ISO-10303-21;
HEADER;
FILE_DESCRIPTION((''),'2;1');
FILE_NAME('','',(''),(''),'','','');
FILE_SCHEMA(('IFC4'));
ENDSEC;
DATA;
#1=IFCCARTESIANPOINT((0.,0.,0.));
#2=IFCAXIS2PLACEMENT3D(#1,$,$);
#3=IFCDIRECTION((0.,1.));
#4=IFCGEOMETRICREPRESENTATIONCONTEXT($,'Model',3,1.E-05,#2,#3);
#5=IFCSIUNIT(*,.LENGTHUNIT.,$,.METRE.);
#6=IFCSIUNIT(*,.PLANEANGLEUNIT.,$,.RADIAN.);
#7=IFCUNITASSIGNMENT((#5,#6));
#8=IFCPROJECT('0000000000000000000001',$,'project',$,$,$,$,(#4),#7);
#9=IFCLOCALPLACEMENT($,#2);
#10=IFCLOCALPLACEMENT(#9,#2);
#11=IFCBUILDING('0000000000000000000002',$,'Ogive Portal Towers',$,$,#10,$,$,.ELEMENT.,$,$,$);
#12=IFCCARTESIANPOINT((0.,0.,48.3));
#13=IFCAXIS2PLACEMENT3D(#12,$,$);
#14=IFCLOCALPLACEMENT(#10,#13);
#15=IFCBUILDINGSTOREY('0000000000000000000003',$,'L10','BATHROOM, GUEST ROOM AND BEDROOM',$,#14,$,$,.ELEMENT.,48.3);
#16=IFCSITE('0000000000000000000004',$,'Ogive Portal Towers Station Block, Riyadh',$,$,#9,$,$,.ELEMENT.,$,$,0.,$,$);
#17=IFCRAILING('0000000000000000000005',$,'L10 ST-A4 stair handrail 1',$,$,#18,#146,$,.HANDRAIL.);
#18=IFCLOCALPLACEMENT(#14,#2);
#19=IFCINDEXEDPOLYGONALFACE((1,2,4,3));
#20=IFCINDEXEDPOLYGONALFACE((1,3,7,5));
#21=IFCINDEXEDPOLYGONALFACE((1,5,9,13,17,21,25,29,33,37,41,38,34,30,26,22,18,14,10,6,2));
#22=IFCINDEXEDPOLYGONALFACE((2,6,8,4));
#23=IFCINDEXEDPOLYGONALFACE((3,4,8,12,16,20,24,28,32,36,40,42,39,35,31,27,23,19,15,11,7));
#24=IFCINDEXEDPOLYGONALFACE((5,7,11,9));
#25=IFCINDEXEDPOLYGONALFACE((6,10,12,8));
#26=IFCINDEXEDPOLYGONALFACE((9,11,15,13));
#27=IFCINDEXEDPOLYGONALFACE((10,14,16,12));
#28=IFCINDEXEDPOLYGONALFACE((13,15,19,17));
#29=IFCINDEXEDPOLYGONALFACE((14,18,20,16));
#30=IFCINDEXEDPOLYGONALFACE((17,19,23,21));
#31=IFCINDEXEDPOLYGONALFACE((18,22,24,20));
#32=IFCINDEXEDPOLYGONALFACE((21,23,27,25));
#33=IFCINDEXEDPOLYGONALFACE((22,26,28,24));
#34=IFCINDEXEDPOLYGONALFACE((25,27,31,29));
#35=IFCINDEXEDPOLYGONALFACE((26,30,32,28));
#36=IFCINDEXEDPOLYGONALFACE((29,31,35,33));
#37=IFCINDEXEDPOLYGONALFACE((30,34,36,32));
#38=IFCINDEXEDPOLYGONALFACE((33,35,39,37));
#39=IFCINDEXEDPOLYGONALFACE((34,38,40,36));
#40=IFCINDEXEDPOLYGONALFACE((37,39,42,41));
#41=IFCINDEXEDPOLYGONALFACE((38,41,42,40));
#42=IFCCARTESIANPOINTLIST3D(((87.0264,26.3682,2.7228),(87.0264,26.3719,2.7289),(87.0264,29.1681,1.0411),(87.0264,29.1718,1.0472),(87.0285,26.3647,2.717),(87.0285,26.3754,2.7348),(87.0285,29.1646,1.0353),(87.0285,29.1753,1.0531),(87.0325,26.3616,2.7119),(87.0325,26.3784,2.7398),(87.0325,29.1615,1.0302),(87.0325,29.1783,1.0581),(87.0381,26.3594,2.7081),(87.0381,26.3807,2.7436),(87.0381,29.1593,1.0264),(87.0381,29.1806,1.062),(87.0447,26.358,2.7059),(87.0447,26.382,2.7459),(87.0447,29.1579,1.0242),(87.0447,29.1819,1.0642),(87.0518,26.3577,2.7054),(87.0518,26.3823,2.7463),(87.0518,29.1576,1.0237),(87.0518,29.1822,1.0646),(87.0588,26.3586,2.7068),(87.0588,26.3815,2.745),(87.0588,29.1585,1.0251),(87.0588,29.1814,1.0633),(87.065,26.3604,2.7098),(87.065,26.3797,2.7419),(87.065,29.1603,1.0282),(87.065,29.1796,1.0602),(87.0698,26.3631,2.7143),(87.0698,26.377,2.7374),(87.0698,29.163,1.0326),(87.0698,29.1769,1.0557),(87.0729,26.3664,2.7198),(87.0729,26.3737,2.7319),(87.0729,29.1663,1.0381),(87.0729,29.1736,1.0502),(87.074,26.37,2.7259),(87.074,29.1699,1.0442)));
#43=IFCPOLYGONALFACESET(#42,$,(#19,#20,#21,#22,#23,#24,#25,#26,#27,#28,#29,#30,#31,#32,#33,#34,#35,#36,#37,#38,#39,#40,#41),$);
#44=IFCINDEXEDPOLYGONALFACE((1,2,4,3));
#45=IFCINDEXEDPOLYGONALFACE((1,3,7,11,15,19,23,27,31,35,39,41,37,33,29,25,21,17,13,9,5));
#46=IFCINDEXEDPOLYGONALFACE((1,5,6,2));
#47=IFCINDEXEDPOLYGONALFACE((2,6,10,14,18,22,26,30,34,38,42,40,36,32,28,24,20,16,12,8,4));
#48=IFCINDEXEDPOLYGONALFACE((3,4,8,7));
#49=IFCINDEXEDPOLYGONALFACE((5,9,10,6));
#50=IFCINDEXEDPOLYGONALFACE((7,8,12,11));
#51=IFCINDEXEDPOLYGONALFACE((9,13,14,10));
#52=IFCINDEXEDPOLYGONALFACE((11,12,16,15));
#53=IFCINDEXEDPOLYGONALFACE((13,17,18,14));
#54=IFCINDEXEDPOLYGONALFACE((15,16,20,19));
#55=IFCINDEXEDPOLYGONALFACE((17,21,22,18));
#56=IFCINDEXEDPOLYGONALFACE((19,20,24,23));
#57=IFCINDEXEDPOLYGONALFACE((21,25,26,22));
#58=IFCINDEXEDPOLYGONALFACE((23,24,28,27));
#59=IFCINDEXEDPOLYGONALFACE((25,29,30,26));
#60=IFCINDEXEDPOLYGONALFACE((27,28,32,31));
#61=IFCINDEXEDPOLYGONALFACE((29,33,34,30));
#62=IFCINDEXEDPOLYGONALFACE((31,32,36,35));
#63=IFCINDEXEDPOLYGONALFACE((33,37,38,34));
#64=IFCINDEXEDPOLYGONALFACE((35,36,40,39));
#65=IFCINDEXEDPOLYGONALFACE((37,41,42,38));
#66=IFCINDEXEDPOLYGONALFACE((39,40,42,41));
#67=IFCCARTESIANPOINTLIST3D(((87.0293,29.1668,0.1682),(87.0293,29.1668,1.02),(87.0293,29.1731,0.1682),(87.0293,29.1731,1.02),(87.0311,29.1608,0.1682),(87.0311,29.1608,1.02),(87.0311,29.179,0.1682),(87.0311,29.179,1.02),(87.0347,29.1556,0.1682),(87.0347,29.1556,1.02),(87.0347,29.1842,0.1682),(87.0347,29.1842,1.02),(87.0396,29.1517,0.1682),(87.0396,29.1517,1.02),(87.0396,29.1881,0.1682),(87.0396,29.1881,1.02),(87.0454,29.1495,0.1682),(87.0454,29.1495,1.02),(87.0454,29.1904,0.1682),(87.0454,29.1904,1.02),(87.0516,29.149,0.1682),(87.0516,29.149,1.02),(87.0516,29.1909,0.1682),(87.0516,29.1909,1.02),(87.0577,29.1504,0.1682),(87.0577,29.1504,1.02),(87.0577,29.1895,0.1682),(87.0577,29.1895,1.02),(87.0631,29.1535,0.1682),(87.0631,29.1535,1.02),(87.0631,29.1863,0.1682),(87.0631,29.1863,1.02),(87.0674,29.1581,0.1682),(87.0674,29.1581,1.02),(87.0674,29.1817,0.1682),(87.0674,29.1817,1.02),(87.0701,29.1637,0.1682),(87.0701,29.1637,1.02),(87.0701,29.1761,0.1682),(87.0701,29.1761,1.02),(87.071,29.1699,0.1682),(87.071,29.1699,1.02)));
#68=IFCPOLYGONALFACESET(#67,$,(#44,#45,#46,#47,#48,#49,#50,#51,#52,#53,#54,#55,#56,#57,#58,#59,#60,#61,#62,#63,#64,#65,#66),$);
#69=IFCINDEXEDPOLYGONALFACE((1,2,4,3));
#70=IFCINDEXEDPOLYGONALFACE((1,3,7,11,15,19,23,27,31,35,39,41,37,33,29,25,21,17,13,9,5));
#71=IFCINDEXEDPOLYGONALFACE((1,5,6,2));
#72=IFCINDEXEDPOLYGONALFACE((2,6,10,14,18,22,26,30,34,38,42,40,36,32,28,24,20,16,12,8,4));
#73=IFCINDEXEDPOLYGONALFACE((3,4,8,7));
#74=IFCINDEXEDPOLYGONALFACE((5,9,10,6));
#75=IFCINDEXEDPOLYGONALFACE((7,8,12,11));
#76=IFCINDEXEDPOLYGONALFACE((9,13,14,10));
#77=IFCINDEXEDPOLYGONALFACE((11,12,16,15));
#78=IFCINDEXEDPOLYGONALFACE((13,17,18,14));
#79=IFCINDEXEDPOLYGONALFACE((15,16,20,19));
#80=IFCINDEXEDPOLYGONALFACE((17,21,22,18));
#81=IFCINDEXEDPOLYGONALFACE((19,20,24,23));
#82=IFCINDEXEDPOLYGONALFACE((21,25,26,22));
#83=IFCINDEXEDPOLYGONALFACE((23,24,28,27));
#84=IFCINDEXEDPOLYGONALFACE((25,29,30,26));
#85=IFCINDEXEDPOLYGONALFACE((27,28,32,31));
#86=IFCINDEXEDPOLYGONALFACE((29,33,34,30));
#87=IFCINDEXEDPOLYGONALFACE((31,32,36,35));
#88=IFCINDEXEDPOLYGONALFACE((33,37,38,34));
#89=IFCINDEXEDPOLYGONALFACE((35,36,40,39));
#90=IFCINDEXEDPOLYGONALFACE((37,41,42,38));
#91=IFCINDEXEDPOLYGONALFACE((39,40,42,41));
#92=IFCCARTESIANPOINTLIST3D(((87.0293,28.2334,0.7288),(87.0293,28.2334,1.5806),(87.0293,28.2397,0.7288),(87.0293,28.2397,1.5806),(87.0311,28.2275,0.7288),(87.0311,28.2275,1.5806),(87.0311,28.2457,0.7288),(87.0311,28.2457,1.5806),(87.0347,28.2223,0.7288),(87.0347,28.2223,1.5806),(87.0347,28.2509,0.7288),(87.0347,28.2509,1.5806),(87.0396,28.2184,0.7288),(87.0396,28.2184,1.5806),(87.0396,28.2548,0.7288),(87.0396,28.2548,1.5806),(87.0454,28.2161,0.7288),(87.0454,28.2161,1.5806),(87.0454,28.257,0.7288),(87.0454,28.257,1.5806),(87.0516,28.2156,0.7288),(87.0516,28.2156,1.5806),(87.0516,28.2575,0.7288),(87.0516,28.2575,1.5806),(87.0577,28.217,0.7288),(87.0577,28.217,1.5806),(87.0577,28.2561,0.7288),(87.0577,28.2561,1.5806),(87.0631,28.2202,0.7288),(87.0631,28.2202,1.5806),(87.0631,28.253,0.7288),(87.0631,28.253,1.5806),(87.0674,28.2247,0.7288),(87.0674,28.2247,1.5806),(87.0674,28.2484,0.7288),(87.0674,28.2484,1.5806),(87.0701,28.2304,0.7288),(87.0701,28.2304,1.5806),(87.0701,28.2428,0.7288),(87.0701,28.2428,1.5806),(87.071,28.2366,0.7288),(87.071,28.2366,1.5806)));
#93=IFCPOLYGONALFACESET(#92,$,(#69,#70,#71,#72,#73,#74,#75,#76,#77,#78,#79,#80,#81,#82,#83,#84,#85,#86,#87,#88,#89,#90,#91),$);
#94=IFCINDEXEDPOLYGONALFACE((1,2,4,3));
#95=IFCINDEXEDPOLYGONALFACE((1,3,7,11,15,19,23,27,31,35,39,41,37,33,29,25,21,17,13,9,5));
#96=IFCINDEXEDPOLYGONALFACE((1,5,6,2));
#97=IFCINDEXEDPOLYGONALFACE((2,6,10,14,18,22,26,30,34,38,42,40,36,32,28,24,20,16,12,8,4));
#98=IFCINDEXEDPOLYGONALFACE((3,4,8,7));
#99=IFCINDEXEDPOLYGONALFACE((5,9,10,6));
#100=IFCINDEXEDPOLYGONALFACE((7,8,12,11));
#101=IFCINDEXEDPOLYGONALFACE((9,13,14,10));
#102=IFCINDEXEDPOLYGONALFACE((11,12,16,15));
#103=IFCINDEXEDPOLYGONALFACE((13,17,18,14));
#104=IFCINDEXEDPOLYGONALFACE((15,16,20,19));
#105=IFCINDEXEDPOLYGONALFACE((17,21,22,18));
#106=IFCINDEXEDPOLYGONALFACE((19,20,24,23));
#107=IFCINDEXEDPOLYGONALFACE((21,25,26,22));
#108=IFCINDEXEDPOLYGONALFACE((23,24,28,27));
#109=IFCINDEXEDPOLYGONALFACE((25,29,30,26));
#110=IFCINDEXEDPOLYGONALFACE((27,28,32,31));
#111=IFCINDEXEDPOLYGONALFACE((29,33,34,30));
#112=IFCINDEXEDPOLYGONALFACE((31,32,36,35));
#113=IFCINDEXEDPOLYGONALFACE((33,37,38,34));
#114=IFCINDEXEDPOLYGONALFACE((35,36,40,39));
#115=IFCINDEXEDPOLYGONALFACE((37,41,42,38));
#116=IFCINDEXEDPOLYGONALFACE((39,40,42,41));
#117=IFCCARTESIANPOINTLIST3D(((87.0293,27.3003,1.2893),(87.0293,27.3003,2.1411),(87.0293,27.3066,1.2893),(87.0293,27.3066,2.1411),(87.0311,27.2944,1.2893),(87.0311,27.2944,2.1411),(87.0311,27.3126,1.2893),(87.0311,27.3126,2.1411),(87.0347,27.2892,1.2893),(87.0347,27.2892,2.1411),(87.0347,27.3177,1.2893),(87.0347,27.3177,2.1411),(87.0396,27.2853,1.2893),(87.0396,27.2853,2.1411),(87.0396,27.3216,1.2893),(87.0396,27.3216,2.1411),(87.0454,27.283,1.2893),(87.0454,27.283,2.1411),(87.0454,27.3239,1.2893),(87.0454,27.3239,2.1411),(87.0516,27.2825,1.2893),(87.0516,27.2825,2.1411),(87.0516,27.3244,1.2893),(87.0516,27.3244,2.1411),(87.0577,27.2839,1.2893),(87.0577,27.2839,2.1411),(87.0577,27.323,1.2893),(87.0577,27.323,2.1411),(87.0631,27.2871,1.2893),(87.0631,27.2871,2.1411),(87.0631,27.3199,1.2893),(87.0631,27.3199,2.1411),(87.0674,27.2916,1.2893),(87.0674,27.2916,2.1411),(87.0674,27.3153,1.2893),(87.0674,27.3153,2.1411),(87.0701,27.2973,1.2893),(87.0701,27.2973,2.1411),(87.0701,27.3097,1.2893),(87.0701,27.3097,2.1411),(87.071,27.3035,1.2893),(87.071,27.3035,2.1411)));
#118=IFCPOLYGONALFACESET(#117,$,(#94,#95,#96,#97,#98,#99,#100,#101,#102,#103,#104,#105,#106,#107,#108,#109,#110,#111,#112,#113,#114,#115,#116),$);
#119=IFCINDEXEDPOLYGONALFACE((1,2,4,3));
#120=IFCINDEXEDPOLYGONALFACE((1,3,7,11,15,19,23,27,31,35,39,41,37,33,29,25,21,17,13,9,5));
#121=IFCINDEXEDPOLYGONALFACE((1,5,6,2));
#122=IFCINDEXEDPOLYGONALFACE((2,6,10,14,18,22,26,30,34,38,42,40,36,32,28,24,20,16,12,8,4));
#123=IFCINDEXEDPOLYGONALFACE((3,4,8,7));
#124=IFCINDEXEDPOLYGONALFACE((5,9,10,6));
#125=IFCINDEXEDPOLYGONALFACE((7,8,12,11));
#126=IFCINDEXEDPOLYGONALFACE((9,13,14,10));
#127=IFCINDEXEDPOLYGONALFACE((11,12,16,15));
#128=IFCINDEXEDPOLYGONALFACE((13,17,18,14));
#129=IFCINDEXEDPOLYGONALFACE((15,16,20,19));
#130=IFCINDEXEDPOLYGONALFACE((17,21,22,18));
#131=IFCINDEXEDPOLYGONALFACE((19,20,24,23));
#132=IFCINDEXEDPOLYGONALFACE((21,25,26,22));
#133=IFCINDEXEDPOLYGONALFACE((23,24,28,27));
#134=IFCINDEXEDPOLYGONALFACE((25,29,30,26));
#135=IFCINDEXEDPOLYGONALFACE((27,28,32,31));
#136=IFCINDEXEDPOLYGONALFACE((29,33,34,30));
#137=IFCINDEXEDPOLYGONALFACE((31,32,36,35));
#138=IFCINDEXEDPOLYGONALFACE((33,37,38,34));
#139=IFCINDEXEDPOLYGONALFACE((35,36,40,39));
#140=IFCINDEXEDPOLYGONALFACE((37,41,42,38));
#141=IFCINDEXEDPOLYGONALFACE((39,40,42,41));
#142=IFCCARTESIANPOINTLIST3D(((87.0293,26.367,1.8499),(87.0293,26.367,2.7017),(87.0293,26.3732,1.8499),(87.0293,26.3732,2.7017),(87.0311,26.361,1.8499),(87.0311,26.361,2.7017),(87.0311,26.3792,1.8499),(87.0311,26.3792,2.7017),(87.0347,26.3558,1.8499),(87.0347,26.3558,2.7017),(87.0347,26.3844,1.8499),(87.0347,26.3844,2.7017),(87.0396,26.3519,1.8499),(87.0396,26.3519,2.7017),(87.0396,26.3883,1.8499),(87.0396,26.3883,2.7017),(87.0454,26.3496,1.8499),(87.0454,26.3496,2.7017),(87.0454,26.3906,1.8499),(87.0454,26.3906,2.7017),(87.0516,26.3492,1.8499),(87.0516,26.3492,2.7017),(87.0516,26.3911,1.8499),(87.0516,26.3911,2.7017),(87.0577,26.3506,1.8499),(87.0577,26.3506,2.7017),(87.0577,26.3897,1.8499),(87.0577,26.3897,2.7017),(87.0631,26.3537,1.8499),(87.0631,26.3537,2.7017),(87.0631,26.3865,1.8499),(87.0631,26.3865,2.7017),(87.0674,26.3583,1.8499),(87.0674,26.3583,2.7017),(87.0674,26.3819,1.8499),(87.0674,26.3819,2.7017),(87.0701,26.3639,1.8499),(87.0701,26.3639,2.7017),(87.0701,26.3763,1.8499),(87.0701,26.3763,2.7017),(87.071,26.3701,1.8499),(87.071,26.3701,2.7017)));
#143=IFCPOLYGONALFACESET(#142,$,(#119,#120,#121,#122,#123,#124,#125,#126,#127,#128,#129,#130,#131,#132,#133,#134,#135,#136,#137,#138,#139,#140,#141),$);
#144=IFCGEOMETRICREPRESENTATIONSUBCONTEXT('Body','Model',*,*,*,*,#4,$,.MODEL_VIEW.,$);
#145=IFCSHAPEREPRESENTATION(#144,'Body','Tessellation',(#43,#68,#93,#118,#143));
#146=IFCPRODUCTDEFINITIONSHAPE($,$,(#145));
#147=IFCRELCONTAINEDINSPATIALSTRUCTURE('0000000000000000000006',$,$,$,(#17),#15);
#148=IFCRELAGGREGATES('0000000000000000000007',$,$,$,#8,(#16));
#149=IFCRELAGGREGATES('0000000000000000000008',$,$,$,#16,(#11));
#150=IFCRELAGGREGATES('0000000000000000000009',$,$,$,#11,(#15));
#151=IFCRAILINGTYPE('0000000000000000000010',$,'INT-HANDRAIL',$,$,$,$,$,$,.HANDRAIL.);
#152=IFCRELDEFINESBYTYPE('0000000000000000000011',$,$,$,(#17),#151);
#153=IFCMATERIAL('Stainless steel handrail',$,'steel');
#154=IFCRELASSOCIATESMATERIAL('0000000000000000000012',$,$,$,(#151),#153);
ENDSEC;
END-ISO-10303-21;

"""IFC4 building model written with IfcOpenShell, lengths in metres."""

from ifc_helpers import new_model, si_unit, direction, frame, origin, origin_2d, place, context, subcontext, project, spatial, circle, extrude, material, type_object, element, save


model = new_model("IFC4")

# Units and contexts
model_context = context("Model", 3, precision=1e-05, world=origin(), true_north=direction((0.0, 1.0)))
body_context = subcontext(model_context, "Body", "Model", "MODEL_VIEW")
ifc_project = project(units=[si_unit("LENGTHUNIT", "METRE"), si_unit("PLANEANGLEUNIT", "RADIAN")], contexts=[model_context])

# Site, building, storey
site_placement = place(None, origin())
site = spatial("IfcSite", under=ifc_project, at=site_placement, Name="Ogive Portal Towers Station Block, Riyadh", CompositionType="ELEMENT", RefElevation=0.0)
building_placement = place(site_placement, origin())
building = spatial("IfcBuilding", under=site, at=building_placement, Name="Ogive Portal Towers", CompositionType="ELEMENT")
storey_placement = place(building_placement, frame((0.0, 0.0, 48.3)))
storey = spatial("IfcBuildingStorey", under=building, at=storey_placement, Name="L10", Description="BATHROOM, GUEST ROOM AND BEDROOM", CompositionType="ELEMENT", Elevation=48.3)

# Railing
ifc_material_1 = material(Name="Stainless steel handrail", Category="steel")
railing_type_1 = type_object("IfcRailingType", Name="INT-HANDRAIL", PredefinedType="HANDRAIL", material=ifc_material_1)
railing_1_placement = place(storey_placement, frame((87.05, 29.1699, 0.1682)))
element("IfcRailing", 1, at=railing_1_placement, inside=storey, type_object=railing_type_1, Name="L10 ST-A4 stair handrail 1", PredefinedType="HANDRAIL", context=body_context, shape_type="SweptSolid", body=[
    extrude(circle(Radius=0.0239, at=origin_2d()), frame((0.0, 0.0, 0.876), z_axis=(0.0, -0.857255, 0.514891), x_axis=(1.0, 0.0, 0.0)), (0.0, 0.0, 1.0), 3.2661),
    extrude(circle(Radius=0.021, at=origin_2d()), origin(), (0.0, 0.0, 1.0), 0.8518),
    extrude(circle(Radius=0.021, at=origin_2d()), frame((0.0, -0.9333, 0.5605)), (0.0, 0.0, 1.0), 0.8518),
    extrude(circle(Radius=0.021, at=origin_2d()), frame((0.0, -1.8665, 1.1211)), (0.0, 0.0, 1.0), 0.8518),
    extrude(circle(Radius=0.021, at=origin_2d()), frame((0.0, -2.7998, 1.6816)), (0.0, 0.0, 1.0), 0.8518),
])

save(model, "model.ifc")
